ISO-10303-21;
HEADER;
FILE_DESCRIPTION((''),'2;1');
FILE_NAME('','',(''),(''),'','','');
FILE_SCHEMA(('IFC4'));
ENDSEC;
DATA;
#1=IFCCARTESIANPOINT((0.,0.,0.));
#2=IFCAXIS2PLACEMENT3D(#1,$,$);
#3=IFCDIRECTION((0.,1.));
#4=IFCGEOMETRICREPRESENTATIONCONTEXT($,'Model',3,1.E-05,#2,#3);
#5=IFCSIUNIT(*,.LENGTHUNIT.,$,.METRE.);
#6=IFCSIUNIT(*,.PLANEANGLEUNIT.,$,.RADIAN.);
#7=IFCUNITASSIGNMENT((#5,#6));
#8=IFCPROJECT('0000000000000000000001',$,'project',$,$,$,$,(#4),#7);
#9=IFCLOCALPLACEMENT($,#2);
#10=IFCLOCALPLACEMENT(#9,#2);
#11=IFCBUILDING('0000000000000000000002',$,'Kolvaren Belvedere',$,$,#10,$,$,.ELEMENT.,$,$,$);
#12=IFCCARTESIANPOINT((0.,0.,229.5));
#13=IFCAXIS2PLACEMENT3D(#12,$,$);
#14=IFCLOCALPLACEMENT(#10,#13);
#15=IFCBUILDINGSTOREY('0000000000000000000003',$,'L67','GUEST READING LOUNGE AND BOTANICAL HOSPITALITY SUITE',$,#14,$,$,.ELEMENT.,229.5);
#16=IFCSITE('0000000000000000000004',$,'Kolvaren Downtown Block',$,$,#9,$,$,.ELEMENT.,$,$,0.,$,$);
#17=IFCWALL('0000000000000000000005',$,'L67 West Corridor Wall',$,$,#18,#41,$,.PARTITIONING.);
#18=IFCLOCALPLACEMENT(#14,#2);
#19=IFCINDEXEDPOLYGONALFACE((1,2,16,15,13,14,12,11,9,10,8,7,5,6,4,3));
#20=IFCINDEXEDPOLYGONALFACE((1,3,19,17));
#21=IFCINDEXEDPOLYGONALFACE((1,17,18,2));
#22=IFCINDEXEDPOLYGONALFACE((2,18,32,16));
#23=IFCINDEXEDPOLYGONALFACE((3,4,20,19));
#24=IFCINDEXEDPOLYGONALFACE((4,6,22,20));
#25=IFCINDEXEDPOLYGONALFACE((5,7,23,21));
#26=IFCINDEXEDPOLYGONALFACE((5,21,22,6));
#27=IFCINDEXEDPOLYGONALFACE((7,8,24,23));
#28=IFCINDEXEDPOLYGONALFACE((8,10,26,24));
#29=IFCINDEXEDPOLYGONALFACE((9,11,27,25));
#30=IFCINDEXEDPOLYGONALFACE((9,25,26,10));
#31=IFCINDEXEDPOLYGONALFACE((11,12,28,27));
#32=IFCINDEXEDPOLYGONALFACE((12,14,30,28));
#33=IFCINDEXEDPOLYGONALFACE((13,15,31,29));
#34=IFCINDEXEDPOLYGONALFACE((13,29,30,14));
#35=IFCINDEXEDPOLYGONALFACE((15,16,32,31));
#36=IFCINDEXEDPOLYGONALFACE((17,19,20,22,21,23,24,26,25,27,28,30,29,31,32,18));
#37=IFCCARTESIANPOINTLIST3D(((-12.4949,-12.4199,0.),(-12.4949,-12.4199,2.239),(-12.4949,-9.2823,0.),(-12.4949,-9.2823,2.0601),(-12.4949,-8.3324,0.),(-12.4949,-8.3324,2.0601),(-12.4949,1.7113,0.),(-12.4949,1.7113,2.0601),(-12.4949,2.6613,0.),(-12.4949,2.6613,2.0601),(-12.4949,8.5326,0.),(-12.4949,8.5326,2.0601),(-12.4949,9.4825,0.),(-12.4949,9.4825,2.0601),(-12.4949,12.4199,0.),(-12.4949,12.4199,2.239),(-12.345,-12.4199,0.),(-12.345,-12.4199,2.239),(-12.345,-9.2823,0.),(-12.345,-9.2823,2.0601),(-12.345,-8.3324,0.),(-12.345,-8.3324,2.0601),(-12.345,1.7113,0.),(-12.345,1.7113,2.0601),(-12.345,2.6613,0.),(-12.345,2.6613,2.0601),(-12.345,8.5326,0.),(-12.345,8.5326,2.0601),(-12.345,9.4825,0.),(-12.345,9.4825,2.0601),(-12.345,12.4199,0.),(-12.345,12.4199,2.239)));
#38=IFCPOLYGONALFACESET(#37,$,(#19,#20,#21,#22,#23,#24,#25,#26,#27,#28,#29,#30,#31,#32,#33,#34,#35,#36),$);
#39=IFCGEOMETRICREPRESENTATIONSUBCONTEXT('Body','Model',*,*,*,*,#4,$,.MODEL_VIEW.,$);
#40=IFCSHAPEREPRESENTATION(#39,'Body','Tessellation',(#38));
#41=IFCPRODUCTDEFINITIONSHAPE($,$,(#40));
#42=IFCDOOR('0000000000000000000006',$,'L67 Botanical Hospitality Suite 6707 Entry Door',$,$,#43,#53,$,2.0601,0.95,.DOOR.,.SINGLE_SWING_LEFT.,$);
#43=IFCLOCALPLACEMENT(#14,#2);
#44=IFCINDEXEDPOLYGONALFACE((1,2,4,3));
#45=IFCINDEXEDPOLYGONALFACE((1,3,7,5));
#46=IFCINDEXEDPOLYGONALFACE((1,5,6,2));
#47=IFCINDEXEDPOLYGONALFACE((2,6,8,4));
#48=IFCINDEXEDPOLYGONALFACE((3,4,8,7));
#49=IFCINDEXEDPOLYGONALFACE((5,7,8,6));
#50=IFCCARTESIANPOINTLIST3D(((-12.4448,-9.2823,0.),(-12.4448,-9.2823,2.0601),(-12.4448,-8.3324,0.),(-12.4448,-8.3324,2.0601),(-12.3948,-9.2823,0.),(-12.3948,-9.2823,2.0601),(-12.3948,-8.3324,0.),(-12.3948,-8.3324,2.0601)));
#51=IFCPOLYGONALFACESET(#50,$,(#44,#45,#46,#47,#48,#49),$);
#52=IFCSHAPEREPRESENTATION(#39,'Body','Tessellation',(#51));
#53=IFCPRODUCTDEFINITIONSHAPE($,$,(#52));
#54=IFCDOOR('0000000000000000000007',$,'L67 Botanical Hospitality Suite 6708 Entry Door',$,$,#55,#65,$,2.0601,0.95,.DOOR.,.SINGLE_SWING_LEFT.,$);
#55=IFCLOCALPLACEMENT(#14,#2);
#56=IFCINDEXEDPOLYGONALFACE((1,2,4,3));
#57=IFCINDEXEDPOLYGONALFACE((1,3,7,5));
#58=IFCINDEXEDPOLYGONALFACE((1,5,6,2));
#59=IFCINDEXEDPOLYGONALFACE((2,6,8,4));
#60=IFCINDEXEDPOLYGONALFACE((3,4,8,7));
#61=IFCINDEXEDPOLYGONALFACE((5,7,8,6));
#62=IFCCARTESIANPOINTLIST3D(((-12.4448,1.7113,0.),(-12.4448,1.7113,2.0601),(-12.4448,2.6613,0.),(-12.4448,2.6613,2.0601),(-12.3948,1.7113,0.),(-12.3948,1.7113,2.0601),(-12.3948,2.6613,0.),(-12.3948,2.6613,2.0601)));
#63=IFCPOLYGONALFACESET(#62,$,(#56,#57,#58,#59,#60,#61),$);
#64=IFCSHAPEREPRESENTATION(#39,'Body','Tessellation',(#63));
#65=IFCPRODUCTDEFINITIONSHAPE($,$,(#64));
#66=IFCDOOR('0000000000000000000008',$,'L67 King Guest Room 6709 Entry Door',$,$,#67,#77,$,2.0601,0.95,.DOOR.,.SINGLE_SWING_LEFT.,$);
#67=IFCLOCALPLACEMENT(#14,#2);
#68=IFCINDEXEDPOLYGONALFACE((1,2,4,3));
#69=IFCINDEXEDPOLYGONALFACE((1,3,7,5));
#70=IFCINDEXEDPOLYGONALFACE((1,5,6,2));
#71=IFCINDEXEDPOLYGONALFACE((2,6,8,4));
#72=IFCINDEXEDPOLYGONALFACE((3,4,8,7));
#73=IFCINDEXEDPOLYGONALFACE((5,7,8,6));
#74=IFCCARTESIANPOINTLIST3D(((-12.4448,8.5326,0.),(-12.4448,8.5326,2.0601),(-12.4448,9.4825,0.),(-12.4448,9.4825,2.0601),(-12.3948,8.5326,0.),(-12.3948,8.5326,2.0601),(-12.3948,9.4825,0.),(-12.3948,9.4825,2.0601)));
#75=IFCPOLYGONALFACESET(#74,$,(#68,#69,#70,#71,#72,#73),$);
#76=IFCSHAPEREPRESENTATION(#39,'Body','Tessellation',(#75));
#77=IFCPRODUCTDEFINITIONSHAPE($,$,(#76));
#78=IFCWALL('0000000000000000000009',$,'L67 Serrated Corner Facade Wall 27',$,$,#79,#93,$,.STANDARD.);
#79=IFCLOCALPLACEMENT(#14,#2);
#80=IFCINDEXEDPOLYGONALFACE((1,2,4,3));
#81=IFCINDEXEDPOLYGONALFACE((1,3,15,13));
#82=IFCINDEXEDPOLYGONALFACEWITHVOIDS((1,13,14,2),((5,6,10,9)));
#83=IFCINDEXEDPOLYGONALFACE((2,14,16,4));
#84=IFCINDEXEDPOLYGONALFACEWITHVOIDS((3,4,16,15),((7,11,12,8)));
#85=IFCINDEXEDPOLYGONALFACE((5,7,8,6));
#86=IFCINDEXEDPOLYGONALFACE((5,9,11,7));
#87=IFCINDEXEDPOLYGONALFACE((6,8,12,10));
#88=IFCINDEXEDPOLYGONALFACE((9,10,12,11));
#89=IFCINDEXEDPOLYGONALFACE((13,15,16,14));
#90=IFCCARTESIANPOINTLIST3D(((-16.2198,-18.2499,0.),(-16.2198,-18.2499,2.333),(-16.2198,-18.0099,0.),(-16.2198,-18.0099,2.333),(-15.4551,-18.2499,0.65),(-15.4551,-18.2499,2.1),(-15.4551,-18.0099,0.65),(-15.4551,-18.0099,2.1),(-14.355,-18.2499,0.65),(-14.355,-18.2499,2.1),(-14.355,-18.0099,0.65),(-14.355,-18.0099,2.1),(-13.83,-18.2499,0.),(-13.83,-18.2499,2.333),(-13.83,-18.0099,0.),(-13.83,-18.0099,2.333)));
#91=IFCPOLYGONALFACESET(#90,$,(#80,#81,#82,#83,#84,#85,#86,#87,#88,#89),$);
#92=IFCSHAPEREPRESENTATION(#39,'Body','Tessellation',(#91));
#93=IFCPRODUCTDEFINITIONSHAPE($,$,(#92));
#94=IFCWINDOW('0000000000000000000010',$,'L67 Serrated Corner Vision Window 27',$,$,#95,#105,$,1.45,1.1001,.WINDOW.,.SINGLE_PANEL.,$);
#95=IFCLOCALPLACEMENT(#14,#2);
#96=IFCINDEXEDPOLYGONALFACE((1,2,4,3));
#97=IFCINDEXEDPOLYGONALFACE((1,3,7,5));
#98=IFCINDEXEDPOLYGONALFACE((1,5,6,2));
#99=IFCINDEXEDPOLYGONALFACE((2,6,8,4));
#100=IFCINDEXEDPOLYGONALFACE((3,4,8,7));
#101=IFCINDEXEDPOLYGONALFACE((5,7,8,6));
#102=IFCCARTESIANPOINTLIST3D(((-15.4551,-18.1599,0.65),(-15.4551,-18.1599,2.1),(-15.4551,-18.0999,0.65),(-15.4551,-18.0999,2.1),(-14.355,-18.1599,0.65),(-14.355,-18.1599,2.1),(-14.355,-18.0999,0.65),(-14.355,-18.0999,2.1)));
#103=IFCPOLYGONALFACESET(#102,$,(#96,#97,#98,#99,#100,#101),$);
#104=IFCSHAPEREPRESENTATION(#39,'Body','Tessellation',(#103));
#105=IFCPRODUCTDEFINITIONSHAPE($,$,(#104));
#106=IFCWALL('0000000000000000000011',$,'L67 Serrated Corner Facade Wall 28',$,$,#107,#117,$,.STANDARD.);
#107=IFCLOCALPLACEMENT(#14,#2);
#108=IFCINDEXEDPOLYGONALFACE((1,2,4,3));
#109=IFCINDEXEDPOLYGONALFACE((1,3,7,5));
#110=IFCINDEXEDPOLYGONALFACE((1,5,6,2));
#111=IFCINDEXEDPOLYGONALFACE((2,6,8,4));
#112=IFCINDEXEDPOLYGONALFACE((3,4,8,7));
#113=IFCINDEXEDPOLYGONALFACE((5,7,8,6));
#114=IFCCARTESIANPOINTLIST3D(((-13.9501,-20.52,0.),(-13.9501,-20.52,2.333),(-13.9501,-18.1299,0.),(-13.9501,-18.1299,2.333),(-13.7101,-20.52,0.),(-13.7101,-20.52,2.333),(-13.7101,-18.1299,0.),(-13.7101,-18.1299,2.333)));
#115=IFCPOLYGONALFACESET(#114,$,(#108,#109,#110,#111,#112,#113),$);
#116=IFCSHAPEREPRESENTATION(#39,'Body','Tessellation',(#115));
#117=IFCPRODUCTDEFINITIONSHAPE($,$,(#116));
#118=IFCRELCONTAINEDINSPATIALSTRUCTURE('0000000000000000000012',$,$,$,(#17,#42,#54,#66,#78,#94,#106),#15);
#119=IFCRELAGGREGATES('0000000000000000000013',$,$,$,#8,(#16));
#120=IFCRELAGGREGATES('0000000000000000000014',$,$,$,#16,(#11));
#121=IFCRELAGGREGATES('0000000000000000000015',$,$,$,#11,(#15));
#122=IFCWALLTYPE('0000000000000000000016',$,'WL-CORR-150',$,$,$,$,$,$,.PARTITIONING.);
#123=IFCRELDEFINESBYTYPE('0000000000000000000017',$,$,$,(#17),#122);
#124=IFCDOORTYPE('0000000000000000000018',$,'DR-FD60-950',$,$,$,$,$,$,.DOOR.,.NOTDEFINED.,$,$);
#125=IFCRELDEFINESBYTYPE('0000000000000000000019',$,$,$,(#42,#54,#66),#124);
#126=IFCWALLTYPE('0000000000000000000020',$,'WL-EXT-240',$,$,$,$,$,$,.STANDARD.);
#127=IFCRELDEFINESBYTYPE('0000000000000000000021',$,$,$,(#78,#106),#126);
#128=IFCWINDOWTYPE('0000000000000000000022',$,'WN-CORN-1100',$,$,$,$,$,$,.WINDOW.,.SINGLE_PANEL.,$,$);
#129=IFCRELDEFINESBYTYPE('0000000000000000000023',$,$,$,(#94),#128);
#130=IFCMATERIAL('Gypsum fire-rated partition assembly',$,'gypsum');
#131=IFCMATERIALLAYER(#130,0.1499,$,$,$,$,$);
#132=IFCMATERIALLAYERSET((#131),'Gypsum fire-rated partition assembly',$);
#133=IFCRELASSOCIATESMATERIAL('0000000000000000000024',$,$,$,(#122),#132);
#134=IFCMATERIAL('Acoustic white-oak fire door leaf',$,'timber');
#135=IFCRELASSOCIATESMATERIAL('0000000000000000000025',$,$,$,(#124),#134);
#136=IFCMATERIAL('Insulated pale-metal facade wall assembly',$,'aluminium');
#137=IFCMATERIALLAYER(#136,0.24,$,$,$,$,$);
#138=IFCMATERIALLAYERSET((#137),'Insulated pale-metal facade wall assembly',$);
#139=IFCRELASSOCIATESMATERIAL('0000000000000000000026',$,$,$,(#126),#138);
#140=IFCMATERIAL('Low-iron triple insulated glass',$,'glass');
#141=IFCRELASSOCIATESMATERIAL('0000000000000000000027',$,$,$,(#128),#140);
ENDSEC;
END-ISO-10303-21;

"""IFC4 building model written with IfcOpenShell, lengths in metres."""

from ifc_helpers import new_model, si_unit, direction, frame, frame_2d, origin, place, context, subcontext, project, spatial, rectangle, extrude, material, layer, layer_set, type_object, element, fill, save


model = new_model("IFC4")

# Units and contexts
model_context = context("Model", 3, precision=1e-05, world=origin(), true_north=direction((0.0, 1.0)))
body_context = subcontext(model_context, "Body", "Model", "MODEL_VIEW")
ifc_project = project(units=[si_unit("LENGTHUNIT", "METRE"), si_unit("PLANEANGLEUNIT", "RADIAN")], contexts=[model_context])

# Site, building, storey
site_placement = place(None, origin())
site = spatial("IfcSite", under=ifc_project, at=site_placement, Name="Kolvaren Downtown Block", CompositionType="ELEMENT", RefElevation=0.0)
building_placement = place(site_placement, origin())
building = spatial("IfcBuilding", under=site, at=building_placement, Name="Kolvaren Belvedere", CompositionType="ELEMENT")
storey_placement = place(building_placement, frame((0.0, 0.0, 229.5)))
storey = spatial("IfcBuildingStorey", under=building, at=storey_placement, Name="L67", Description="GUEST READING LOUNGE AND BOTANICAL HOSPITALITY SUITE", CompositionType="ELEMENT", Elevation=229.5)

# Wall, openings, doors
ifc_material_1 = material(Name="Gypsum fire-rated partition assembly", Category="gypsum")
ifc_layer_1 = layer(ifc_material_1, 0.1499)
ifc_layer_set_1 = layer_set([ifc_layer_1], Name="Gypsum fire-rated partition assembly")
wall_type_1 = type_object("IfcWallType", Name="WL-CORR-150", PredefinedType="PARTITIONING", material=ifc_layer_set_1)
wall_1_placement = place(storey_placement, frame((-12.4199, -12.4199, 0.0), z_axis=(0.0, 0.0, 1.0), x_axis=(0.0, 1.0, 0.0)))
wall_1 = element("IfcWall", 1, at=wall_1_placement, inside=storey, type_object=wall_type_1, Name="L67 West Corridor Wall", PredefinedType="PARTITIONING", context=body_context, shape_type="SweptSolid", body=[
    extrude(rectangle(XDim=24.8398, YDim=0.1499, at=frame_2d((12.4199, 0.0))), origin(), (0.0, 0.0, 1.0), 2.239),
])
opening_1_placement = place(wall_1_placement, frame((3.1375, 0.0, 0.0)))
opening_1 = element("IfcOpeningElement", 2, at=opening_1_placement, cuts=wall_1, PredefinedType="OPENING", context=body_context, shape_type="SweptSolid", body=[
    extrude(rectangle(XDim=0.95, YDim=2.0601, at=frame_2d((0.4751, 1.03))), frame((0.0, 0.085, 0.0), z_axis=(0.0, -1.0, 0.0), x_axis=(1.0, 0.0, 0.0)), (0.0, 0.0, 1.0), 0.1699),
])
opening_2_placement = place(wall_1_placement, frame((14.1311, 0.0, 0.0)))
opening_2 = element("IfcOpeningElement", 3, at=opening_2_placement, cuts=wall_1, PredefinedType="OPENING", context=body_context, shape_type="SweptSolid", body=[
    extrude(rectangle(XDim=0.95, YDim=2.0601, at=frame_2d((0.4751, 1.03))), frame((0.0, 0.085, 0.0), z_axis=(0.0, -1.0, 0.0), x_axis=(1.0, 0.0, 0.0)), (0.0, 0.0, 1.0), 0.1699),
])
opening_3_placement = place(wall_1_placement, frame((20.9524, 0.0, 0.0)))
opening_3 = element("IfcOpeningElement", 4, at=opening_3_placement, cuts=wall_1, PredefinedType="OPENING", context=body_context, shape_type="SweptSolid", body=[
    extrude(rectangle(XDim=0.95, YDim=2.0601, at=frame_2d((0.4751, 1.03))), frame((0.0, 0.085, 0.0), z_axis=(0.0, -1.0, 0.0), x_axis=(1.0, 0.0, 0.0)), (0.0, 0.0, 1.0), 0.1699),
])
ifc_material_2 = material(Name="Acoustic white-oak fire door leaf", Category="timber")
door_type_1 = type_object("IfcDoorType", Name="DR-FD60-950", OperationType="NOTDEFINED", PredefinedType="DOOR", material=ifc_material_2)
door_1_placement = place(opening_1_placement, origin())
door_1 = element("IfcDoor", 5, at=door_1_placement, inside=storey, type_object=door_type_1, Name="L67 Botanical Hospitality Suite 6707 Entry Door", OperationType="SINGLE_SWING_LEFT", OverallHeight=2.0601, OverallWidth=0.95, PredefinedType="DOOR", context=body_context, shape_type="SweptSolid", body=[
    extrude(rectangle(XDim=0.95, YDim=2.0601, at=frame_2d((0.4751, 1.03))), frame((0.0, 0.0249, 0.0), z_axis=(0.0, -1.0, 0.0), x_axis=(1.0, 0.0, 0.0)), (0.0, 0.0, 1.0), 0.05),
])
fill(opening_1, door_1)
door_2_placement = place(opening_2_placement, origin())
door_2 = element("IfcDoor", 6, at=door_2_placement, inside=storey, type_object=door_type_1, Name="L67 Botanical Hospitality Suite 6708 Entry Door", OperationType="SINGLE_SWING_LEFT", OverallHeight=2.0601, OverallWidth=0.95, PredefinedType="DOOR", context=body_context, shape_type="SweptSolid", body=[
    extrude(rectangle(XDim=0.95, YDim=2.0601, at=frame_2d((0.4751, 1.03))), frame((0.0, 0.0249, 0.0), z_axis=(0.0, -1.0, 0.0), x_axis=(1.0, 0.0, 0.0)), (0.0, 0.0, 1.0), 0.05),
])
fill(opening_2, door_2)
door_3_placement = place(opening_3_placement, origin())
door_3 = element("IfcDoor", 7, at=door_3_placement, inside=storey, type_object=door_type_1, Name="L67 King Guest Room 6709 Entry Door", OperationType="SINGLE_SWING_LEFT", OverallHeight=2.0601, OverallWidth=0.95, PredefinedType="DOOR", context=body_context, shape_type="SweptSolid", body=[
    extrude(rectangle(XDim=0.95, YDim=2.0601, at=frame_2d((0.4751, 1.03))), frame((0.0, 0.0249, 0.0), z_axis=(0.0, -1.0, 0.0), x_axis=(1.0, 0.0, 0.0)), (0.0, 0.0, 1.0), 0.05),
])
fill(opening_3, door_3)

# Wall, opening, window
ifc_material_3 = material(Name="Insulated pale-metal facade wall assembly", Category="aluminium")
ifc_layer_2 = layer(ifc_material_3, 0.24)
ifc_layer_set_2 = layer_set([ifc_layer_2], Name="Insulated pale-metal facade wall assembly")
wall_type_2 = type_object("IfcWallType", Name="WL-EXT-240", PredefinedType="STANDARD", material=ifc_layer_set_2)
wall_2_placement = place(storey_placement, frame((-13.8301, -18.1299, 0.0), z_axis=(0.0, 0.0, 1.0), x_axis=(-1.0, 0.0, 0.0)))
wall_2 = element("IfcWall", 8, at=wall_2_placement, inside=storey, type_object=wall_type_2, Name="L67 Serrated Corner Facade Wall 27", PredefinedType="STANDARD", context=body_context, shape_type="SweptSolid", body=[
    extrude(rectangle(XDim=2.3899, YDim=0.24, at=frame_2d((1.1948, 0.0))), origin(), (0.0, 0.0, 1.0), 2.333),
])
opening_4_placement = place(wall_2_placement, frame((0.5249, 0.0, 0.6499)))
opening_4 = element("IfcOpeningElement", 9, at=opening_4_placement, cuts=wall_2, PredefinedType="OPENING", context=body_context, shape_type="SweptSolid", body=[
    extrude(rectangle(XDim=1.1001, YDim=1.45, at=frame_2d((0.55, 0.7251))), frame((0.0, 0.1299, 0.0), z_axis=(0.0, -1.0, 0.0), x_axis=(1.0, 0.0, 0.0)), (0.0, 0.0, 1.0), 0.26),
])
ifc_material_4 = material(Name="Low-iron triple insulated glass", Category="glass")
window_type = type_object("IfcWindowType", Name="WN-CORN-1100", PartitioningType="SINGLE_PANEL", PredefinedType="WINDOW", material=ifc_material_4)
window_placement = place(opening_4_placement, origin())
window = element("IfcWindow", 10, at=window_placement, inside=storey, type_object=window_type, Name="L67 Serrated Corner Vision Window 27", OverallHeight=1.45, OverallWidth=1.1001, PartitioningType="SINGLE_PANEL", PredefinedType="WINDOW", context=body_context, shape_type="SweptSolid", body=[
    extrude(rectangle(XDim=1.1001, YDim=1.45, at=frame_2d((0.55, 0.7251))), frame((0.0, 0.03, 0.0), z_axis=(0.0, -1.0, 0.0), x_axis=(1.0, 0.0, 0.0)), (0.0, 0.0, 1.0), 0.0601),
])
fill(opening_4, window)

# Wall
wall_3_placement = place(storey_placement, frame((-13.8301, -20.52, 0.0), z_axis=(0.0, 0.0, 1.0), x_axis=(0.0, 1.0, 0.0)))
element("IfcWall", 11, at=wall_3_placement, inside=storey, type_object=wall_type_2, Name="L67 Serrated Corner Facade Wall 28", PredefinedType="STANDARD", context=body_context, shape_type="SweptSolid", body=[
    extrude(rectangle(XDim=2.3901, YDim=0.24, at=frame_2d((1.1951, 0.0))), origin(), (0.0, 0.0, 1.0), 2.333),
])

save(model, "model.ifc")
